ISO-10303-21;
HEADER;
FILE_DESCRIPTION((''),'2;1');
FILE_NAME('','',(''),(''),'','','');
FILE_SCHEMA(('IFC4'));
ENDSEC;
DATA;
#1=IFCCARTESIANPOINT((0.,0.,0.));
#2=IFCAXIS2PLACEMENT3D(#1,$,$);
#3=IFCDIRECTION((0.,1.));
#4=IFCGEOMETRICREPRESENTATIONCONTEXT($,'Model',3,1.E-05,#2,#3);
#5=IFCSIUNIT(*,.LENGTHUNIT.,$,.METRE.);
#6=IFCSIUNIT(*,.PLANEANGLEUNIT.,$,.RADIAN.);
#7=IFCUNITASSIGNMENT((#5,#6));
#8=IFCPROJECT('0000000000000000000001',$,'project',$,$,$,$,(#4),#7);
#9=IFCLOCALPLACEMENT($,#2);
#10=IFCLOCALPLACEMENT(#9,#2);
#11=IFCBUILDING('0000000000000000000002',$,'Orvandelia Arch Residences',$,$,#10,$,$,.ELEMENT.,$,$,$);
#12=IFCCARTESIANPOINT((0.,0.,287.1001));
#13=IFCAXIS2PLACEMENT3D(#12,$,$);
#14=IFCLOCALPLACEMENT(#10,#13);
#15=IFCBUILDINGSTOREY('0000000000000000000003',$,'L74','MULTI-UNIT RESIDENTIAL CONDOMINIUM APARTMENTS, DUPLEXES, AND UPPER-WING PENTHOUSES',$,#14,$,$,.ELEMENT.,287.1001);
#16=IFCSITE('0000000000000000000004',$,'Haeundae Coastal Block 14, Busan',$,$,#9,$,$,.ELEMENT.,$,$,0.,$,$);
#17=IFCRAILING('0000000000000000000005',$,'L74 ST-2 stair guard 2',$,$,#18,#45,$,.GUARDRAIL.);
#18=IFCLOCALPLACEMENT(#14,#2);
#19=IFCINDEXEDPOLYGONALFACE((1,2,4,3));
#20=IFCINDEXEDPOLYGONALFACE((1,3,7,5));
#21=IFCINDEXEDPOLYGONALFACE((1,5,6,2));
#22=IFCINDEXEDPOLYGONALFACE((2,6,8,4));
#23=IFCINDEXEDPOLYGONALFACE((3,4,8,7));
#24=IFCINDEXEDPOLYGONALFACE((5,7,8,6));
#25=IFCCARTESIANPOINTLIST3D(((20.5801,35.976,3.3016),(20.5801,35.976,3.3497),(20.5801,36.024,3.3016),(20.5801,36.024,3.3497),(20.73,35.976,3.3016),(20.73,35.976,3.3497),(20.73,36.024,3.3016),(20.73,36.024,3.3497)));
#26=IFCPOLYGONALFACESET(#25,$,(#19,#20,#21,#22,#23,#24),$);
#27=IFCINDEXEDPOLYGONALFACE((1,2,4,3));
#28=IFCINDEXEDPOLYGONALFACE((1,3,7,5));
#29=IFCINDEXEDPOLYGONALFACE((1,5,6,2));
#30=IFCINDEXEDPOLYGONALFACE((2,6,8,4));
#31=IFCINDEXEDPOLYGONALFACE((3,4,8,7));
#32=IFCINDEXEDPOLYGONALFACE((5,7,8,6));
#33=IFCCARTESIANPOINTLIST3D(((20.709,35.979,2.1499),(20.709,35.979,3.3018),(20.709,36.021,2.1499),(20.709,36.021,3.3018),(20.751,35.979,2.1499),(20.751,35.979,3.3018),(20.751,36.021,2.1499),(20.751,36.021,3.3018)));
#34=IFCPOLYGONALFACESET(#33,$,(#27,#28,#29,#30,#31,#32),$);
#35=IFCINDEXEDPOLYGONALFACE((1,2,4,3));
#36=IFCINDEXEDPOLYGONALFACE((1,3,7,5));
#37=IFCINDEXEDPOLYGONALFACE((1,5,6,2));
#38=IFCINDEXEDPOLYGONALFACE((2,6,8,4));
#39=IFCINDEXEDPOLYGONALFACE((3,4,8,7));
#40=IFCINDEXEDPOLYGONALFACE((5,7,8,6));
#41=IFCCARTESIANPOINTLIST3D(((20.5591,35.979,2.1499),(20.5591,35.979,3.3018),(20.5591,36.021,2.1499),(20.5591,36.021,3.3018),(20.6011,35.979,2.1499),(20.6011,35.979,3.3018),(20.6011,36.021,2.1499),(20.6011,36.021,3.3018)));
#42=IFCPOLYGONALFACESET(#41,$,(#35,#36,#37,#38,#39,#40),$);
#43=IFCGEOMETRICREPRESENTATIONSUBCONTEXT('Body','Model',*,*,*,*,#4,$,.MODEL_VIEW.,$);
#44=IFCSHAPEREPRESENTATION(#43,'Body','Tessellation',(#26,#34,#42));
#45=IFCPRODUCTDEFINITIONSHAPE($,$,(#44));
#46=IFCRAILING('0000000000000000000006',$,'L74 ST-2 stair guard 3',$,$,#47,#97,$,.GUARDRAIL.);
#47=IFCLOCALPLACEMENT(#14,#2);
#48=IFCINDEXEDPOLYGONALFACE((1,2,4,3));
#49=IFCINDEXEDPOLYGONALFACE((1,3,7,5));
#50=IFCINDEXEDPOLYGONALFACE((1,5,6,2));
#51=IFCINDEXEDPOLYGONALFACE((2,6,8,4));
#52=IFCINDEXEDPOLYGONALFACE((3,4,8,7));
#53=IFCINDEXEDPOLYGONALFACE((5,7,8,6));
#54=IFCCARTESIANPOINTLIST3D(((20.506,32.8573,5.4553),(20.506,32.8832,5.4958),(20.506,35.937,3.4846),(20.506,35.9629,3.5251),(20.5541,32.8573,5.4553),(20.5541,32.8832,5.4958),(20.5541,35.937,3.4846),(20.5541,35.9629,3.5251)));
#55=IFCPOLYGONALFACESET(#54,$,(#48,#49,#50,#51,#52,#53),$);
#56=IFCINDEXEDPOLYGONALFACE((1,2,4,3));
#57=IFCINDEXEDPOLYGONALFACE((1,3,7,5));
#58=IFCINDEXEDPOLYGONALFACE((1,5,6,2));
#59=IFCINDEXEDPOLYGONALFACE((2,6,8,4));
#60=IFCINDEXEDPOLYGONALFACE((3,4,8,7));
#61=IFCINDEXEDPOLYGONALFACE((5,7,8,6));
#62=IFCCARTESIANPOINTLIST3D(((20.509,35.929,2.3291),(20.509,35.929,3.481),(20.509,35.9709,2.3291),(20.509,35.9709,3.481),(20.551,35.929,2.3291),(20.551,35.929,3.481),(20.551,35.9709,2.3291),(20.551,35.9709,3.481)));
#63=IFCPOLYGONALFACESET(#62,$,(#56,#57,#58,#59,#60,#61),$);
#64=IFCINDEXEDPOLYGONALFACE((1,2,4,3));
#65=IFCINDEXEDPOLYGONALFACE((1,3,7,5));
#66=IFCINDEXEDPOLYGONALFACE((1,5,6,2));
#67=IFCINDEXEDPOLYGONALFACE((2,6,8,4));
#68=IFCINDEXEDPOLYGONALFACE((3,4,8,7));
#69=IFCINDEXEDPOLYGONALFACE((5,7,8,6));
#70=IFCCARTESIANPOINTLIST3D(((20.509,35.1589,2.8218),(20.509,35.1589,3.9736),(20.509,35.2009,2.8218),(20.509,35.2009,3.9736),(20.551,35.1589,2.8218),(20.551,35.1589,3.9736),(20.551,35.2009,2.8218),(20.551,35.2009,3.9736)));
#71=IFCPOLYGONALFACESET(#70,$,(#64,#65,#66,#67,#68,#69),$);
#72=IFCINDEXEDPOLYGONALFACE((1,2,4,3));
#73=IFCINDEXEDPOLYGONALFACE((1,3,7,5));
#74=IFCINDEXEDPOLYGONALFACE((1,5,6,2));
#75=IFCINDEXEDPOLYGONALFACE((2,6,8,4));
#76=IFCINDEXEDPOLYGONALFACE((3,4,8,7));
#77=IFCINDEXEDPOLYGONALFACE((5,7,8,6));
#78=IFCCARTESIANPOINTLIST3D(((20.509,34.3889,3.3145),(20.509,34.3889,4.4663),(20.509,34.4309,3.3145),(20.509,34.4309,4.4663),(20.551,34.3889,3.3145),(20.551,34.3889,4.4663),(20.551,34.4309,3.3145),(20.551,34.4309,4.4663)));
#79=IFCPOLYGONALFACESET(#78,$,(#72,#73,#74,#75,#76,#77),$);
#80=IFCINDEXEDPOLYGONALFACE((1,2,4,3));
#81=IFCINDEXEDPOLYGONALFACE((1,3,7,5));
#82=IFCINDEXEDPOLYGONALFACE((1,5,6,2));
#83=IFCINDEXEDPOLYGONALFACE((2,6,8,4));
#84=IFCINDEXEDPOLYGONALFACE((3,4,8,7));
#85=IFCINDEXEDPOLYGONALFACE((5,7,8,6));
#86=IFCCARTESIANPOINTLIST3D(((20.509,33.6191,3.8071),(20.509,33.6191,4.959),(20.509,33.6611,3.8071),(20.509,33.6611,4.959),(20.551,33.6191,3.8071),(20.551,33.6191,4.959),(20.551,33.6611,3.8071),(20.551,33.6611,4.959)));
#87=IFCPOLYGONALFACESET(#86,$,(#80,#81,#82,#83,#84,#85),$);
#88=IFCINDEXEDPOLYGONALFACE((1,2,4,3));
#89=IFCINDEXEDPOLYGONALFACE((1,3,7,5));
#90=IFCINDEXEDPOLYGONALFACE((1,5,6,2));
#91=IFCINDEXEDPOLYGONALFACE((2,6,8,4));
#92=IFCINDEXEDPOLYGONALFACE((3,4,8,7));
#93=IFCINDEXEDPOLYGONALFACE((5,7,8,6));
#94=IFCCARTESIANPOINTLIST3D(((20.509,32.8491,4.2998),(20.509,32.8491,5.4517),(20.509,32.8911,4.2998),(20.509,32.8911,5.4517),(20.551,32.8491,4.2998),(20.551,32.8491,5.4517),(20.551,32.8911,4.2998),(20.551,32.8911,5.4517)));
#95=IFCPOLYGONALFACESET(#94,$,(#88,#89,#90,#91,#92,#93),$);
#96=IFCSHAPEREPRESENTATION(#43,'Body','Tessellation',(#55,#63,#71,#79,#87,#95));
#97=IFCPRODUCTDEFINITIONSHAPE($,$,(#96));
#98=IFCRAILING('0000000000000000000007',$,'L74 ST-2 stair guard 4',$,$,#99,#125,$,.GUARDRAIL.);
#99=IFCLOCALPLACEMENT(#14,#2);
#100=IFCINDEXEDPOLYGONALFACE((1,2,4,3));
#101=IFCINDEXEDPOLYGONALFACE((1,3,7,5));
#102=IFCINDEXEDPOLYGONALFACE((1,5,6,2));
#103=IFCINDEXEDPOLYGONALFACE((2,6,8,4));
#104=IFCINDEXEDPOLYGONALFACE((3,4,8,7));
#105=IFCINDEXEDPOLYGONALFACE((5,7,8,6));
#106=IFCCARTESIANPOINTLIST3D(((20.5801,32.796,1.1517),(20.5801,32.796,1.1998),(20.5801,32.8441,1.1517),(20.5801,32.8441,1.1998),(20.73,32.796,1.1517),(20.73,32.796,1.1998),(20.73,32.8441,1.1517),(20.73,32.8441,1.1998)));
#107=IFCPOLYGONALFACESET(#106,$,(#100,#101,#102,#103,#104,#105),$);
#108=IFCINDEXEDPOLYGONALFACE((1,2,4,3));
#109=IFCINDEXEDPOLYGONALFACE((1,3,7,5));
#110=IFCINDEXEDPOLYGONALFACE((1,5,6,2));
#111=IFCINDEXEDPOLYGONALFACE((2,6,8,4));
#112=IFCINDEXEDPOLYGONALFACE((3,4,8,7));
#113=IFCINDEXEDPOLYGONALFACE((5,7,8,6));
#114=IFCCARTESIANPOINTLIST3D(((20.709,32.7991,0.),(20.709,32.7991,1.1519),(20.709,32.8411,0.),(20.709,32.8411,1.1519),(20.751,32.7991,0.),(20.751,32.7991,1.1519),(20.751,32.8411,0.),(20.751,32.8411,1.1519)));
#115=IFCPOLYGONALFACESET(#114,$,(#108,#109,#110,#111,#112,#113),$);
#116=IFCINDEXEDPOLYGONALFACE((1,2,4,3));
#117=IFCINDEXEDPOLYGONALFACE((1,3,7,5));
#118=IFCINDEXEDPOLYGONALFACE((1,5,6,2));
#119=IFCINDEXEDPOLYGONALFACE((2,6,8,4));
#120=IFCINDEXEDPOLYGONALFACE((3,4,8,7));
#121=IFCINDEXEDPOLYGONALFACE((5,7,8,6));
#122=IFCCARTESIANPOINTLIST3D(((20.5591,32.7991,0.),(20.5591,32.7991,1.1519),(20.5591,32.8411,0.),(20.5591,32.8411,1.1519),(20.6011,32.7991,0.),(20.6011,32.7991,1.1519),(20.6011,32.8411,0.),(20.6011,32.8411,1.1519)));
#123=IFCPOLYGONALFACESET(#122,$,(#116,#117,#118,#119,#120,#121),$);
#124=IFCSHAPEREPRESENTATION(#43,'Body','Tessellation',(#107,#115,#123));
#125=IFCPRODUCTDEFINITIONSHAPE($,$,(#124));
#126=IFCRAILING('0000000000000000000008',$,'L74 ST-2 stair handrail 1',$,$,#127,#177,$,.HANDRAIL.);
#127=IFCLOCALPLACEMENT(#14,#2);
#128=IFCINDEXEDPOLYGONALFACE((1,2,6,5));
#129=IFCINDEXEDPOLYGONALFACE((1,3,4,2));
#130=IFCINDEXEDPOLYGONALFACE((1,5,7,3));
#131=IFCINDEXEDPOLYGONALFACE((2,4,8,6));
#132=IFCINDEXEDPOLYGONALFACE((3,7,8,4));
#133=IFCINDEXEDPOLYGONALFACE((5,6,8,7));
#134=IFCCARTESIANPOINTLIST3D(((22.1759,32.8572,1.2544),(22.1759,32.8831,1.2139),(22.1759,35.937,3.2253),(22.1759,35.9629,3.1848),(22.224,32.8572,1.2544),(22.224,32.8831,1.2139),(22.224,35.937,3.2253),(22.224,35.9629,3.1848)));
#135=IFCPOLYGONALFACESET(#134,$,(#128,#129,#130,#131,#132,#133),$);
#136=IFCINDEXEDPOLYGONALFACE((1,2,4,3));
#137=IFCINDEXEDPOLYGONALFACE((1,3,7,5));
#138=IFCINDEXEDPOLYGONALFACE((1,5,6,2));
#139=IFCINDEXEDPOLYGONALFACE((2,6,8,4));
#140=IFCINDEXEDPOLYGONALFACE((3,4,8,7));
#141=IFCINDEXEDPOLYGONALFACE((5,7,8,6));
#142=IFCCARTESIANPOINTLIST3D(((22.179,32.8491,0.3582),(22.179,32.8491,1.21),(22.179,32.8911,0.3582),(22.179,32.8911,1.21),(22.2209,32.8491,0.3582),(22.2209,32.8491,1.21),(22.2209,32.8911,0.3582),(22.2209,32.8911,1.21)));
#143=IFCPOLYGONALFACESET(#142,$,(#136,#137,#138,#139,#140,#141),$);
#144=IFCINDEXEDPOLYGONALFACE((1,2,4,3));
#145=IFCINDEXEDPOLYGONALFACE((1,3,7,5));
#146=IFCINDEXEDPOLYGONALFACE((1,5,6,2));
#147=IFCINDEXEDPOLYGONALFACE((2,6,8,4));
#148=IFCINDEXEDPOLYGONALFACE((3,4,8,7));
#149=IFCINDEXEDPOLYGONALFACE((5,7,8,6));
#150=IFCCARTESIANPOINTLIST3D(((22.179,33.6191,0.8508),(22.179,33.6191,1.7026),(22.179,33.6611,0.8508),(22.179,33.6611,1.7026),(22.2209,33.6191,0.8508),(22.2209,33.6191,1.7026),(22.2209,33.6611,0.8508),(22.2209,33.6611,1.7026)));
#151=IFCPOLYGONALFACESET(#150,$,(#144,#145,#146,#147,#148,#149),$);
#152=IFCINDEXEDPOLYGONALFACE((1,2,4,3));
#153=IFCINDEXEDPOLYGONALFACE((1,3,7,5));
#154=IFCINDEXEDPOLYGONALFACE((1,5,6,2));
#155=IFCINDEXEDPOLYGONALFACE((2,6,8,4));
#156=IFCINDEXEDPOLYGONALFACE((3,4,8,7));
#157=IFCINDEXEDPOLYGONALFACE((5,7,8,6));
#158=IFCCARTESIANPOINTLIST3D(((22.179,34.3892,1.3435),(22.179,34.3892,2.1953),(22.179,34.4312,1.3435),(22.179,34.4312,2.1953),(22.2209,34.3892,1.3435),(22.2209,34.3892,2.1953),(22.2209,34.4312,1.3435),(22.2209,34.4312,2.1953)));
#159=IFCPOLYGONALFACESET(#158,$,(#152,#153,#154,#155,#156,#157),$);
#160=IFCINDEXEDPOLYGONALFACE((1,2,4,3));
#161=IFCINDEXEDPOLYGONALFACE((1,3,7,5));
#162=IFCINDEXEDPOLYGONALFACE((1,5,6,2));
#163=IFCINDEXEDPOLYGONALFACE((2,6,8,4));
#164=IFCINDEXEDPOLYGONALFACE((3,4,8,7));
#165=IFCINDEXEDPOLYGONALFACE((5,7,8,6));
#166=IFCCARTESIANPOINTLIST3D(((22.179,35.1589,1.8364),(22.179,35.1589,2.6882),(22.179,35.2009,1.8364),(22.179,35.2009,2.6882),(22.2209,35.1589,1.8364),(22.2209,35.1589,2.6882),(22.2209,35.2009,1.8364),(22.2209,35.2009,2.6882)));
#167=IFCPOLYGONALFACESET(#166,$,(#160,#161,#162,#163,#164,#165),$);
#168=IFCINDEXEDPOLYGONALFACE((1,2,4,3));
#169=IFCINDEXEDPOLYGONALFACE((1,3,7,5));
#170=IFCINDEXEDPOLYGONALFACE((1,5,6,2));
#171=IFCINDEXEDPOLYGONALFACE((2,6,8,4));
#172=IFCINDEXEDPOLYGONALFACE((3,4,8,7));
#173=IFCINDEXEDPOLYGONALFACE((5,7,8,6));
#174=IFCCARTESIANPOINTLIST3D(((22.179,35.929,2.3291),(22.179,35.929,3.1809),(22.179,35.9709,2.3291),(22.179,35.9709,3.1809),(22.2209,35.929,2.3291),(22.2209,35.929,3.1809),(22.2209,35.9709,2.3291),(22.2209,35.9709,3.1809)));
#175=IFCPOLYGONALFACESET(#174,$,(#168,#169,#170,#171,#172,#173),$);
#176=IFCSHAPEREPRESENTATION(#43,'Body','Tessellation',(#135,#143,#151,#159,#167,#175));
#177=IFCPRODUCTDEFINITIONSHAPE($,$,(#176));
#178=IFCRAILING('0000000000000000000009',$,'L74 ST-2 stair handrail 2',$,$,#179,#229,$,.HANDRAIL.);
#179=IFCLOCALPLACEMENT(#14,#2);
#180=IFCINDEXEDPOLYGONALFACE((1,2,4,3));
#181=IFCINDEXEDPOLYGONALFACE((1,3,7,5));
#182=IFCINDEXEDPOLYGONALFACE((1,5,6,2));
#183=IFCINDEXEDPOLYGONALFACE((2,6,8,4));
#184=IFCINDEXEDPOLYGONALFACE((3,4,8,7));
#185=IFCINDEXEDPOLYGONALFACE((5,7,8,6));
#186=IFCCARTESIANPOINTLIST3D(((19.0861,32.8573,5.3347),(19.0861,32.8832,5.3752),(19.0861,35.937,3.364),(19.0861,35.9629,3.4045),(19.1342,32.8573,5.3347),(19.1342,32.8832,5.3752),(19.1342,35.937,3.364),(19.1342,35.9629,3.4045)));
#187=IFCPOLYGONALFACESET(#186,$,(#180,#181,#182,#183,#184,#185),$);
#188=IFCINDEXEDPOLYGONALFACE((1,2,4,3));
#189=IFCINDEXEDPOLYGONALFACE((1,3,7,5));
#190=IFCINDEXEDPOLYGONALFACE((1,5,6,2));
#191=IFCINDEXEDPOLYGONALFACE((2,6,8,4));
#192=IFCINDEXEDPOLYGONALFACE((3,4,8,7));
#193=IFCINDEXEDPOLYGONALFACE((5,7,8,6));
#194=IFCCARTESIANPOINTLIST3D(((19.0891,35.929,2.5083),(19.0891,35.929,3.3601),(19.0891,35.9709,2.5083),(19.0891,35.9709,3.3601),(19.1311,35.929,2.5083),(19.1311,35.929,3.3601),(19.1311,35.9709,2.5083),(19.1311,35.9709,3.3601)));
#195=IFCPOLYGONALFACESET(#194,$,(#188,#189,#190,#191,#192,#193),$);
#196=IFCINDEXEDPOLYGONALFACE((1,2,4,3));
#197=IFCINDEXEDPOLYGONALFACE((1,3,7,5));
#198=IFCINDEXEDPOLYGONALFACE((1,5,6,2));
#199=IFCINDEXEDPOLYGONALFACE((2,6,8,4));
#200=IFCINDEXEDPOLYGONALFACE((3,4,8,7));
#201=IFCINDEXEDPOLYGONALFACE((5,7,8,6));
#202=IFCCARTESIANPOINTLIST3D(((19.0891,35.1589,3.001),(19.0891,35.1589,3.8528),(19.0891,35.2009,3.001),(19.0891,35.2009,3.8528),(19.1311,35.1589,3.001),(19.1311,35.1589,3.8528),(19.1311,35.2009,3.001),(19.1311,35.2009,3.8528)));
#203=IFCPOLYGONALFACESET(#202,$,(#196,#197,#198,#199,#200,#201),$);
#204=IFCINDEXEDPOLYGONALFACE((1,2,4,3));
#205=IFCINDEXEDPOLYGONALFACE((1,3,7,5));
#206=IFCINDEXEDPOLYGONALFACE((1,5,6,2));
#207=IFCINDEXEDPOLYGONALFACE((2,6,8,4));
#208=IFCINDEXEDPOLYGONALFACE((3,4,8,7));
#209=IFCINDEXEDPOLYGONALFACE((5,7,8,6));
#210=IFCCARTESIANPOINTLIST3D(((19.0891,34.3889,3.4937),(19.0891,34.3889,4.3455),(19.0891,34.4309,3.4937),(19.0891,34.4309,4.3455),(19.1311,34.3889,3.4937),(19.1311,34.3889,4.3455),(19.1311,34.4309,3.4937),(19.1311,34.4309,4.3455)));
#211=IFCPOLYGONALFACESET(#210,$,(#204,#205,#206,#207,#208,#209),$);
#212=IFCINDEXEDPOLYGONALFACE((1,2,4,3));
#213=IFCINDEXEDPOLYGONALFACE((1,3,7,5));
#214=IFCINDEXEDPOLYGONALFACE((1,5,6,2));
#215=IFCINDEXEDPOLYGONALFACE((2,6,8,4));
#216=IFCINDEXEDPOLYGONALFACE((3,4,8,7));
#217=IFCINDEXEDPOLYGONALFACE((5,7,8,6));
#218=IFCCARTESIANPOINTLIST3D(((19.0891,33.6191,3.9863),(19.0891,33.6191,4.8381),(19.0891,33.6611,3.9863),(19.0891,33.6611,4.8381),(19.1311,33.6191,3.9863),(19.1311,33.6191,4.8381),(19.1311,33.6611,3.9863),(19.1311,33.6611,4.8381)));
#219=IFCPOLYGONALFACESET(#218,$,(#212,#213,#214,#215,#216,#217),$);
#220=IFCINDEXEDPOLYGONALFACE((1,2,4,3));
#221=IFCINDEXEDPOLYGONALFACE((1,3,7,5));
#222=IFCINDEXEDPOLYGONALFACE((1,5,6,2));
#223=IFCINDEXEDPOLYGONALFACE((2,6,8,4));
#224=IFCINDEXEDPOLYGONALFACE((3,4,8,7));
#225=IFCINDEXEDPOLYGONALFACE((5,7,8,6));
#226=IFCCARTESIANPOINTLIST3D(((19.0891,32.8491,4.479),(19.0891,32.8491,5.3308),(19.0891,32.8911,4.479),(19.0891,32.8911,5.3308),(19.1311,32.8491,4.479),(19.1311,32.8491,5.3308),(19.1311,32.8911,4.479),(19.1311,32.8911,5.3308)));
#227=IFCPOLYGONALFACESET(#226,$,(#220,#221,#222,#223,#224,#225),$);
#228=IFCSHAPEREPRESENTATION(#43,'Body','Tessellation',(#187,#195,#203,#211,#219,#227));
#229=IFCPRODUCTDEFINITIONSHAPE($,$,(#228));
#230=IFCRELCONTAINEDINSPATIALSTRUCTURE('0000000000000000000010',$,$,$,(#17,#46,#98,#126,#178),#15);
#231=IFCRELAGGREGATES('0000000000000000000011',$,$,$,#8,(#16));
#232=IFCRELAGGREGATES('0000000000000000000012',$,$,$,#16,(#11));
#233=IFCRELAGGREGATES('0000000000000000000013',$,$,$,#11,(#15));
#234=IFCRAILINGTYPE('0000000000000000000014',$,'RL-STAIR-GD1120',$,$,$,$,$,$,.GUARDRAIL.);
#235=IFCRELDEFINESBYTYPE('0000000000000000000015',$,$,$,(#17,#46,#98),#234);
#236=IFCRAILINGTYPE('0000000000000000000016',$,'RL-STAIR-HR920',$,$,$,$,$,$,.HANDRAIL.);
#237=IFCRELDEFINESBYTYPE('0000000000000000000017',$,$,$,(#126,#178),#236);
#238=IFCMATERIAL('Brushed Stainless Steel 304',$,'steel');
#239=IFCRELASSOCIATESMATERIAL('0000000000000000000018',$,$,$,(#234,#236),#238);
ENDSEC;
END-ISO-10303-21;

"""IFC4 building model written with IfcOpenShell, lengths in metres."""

from ifc_helpers import new_model, si_unit, direction, frame, origin, origin_2d, place, context, subcontext, project, spatial, rectangle, extrude, material, type_object, element, save


model = new_model("IFC4")

# Units and contexts
model_context = context("Model", 3, precision=1e-05, world=origin(), true_north=direction((0.0, 1.0)))
body_context = subcontext(model_context, "Body", "Model", "MODEL_VIEW")
ifc_project = project(units=[si_unit("LENGTHUNIT", "METRE"), si_unit("PLANEANGLEUNIT", "RADIAN")], contexts=[model_context])

# Site, building, storey
site_placement = place(None, origin())
site = spatial("IfcSite", under=ifc_project, at=site_placement, Name="Haeundae Coastal Block 14, Busan", CompositionType="ELEMENT", RefElevation=0.0)
building_placement = place(site_placement, origin())
building = spatial("IfcBuilding", under=site, at=building_placement, Name="Orvandelia Arch Residences", CompositionType="ELEMENT")
storey_placement = place(building_placement, frame((0.0, 0.0, 287.1001)))
storey = spatial("IfcBuildingStorey", under=building, at=storey_placement, Name="L74", Description="MULTI-UNIT RESIDENTIAL CONDOMINIUM APARTMENTS, DUPLEXES, AND UPPER-WING PENTHOUSES", CompositionType="ELEMENT", Elevation=287.1001)

# Railings
ifc_material_1 = material(Name="Brushed Stainless Steel 304", Category="steel")
railing_type_1 = type_object("IfcRailingType", Name="RL-STAIR-GD1120", PredefinedType="GUARDRAIL", material=ifc_material_1)
railing_1_placement = place(storey_placement, frame((20.73, 36.0, 2.1499)))
element("IfcRailing", 1, at=railing_1_placement, inside=storey, type_object=railing_type_1, Name="L74 ST-2 stair guard 2", PredefinedType="GUARDRAIL", context=body_context, shape_type="SweptSolid", body=[
    extrude(rectangle(XDim=0.0481, YDim=0.0481, at=origin_2d()), frame((0.0, 0.0, 1.1758), z_axis=(-1.0, 0.0, 0.0), x_axis=(0.0, -1.0, 0.0)), (0.0, 0.0, 1.0), 0.1499),
    extrude(rectangle(XDim=0.042, YDim=0.042, at=origin_2d()), origin(), (0.0, 0.0, 1.0), 1.1519),
    extrude(rectangle(XDim=0.042, YDim=0.042, at=origin_2d()), frame((-0.1499, 0.0, 0.0)), (0.0, 0.0, 1.0), 1.1519),
])
railing_2_placement = place(storey_placement, frame((20.53, 35.95, 2.3291)))
element("IfcRailing", 2, at=railing_2_placement, inside=storey, type_object=railing_type_1, Name="L74 ST-2 stair guard 3", PredefinedType="GUARDRAIL", context=body_context, shape_type="SweptSolid", body=[
    extrude(rectangle(XDim=0.0481, YDim=0.0481, at=origin_2d()), frame((0.0, 0.0, 1.1758), z_axis=(0.0, -0.84232, 0.538978), x_axis=(1.0, 0.0, 0.0)), (0.0, 0.0, 1.0), 3.6562),
    extrude(rectangle(XDim=0.042, YDim=0.042, at=origin_2d()), origin(), (0.0, 0.0, 1.0), 1.1519),
    extrude(rectangle(XDim=0.042, YDim=0.042, at=origin_2d()), frame((0.0, -0.77, 0.4927)), (0.0, 0.0, 1.0), 1.1519),
    extrude(rectangle(XDim=0.042, YDim=0.042, at=origin_2d()), frame((0.0, -1.54, 0.9854)), (0.0, 0.0, 1.0), 1.1519),
    extrude(rectangle(XDim=0.042, YDim=0.042, at=origin_2d()), frame((0.0, -2.3098, 1.478)), (0.0, 0.0, 1.0), 1.1519),
    extrude(rectangle(XDim=0.042, YDim=0.042, at=origin_2d()), frame((0.0, -3.0798, 1.9707)), (0.0, 0.0, 1.0), 1.1519),
])
railing_3_placement = place(storey_placement, frame((20.73, 32.8201, 0.0)))
element("IfcRailing", 3, at=railing_3_placement, inside=storey, type_object=railing_type_1, Name="L74 ST-2 stair guard 4", PredefinedType="GUARDRAIL", context=body_context, shape_type="SweptSolid", body=[
    extrude(rectangle(XDim=0.0481, YDim=0.0481, at=origin_2d()), frame((0.0, 0.0, 1.1758), z_axis=(-1.0, 0.0, 0.0), x_axis=(0.0, -1.0, 0.0)), (0.0, 0.0, 1.0), 0.1499),
    extrude(rectangle(XDim=0.042, YDim=0.042, at=origin_2d()), origin(), (0.0, 0.0, 1.0), 1.1519),
    extrude(rectangle(XDim=0.042, YDim=0.042, at=origin_2d()), frame((-0.1499, 0.0, 0.0)), (0.0, 0.0, 1.0), 1.1519),
])
railing_type_2 = type_object("IfcRailingType", Name="RL-STAIR-HR920", PredefinedType="HANDRAIL", material=ifc_material_1)
railing_4_placement = place(storey_placement, frame((22.2, 32.8701, 0.3582)))
element("IfcRailing", 4, at=railing_4_placement, inside=storey, type_object=railing_type_2, Name="L74 ST-2 stair handrail 1", PredefinedType="HANDRAIL", context=body_context, shape_type="SweptSolid", body=[
    extrude(rectangle(XDim=0.0481, YDim=0.0481, at=origin_2d()), frame((0.0, 0.0, 0.876), z_axis=(0.0, 0.84229, 0.539025), x_axis=(-1.0, 0.0, 0.0)), (0.0, 0.0, 1.0), 3.6565),
    extrude(rectangle(XDim=0.042, YDim=0.042, at=origin_2d()), origin(), (0.0, 0.0, 1.0), 0.8518),
    extrude(rectangle(XDim=0.042, YDim=0.042, at=origin_2d()), frame((0.0, 0.77, 0.4927)), (0.0, 0.0, 1.0), 0.8518),
    extrude(rectangle(XDim=0.042, YDim=0.042, at=origin_2d()), frame((0.0, 1.54, 0.9854)), (0.0, 0.0, 1.0), 0.8518),
    extrude(rectangle(XDim=0.042, YDim=0.042, at=origin_2d()), frame((0.0, 2.3098, 1.4783)), (0.0, 0.0, 1.0), 0.8518),
    extrude(rectangle(XDim=0.042, YDim=0.042, at=origin_2d()), frame((0.0, 3.0798, 1.9709)), (0.0, 0.0, 1.0), 0.8518),
])
railing_5_placement = place(storey_placement, frame((19.1101, 35.95, 2.5083)))
element("IfcRailing", 5, at=railing_5_placement, inside=storey, type_object=railing_type_2, Name="L74 ST-2 stair handrail 2", PredefinedType="HANDRAIL", context=body_context, shape_type="SweptSolid", body=[
    extrude(rectangle(XDim=0.0481, YDim=0.0481, at=origin_2d()), frame((0.0, 0.0, 0.876), z_axis=(0.0, -0.84232, 0.538978), x_axis=(1.0, 0.0, 0.0)), (0.0, 0.0, 1.0), 3.6562),
    extrude(rectangle(XDim=0.042, YDim=0.042, at=origin_2d()), origin(), (0.0, 0.0, 1.0), 0.8518),
    extrude(rectangle(XDim=0.042, YDim=0.042, at=origin_2d()), frame((0.0, -0.77, 0.4927)), (0.0, 0.0, 1.0), 0.8518),
    extrude(rectangle(XDim=0.042, YDim=0.042, at=origin_2d()), frame((0.0, -1.54, 0.9854)), (0.0, 0.0, 1.0), 0.8518),
    extrude(rectangle(XDim=0.042, YDim=0.042, at=origin_2d()), frame((0.0, -2.3098, 1.478)), (0.0, 0.0, 1.0), 0.8518),
    extrude(rectangle(XDim=0.042, YDim=0.042, at=origin_2d()), frame((0.0, -3.0798, 1.9707)), (0.0, 0.0, 1.0), 0.8518),
])

save(model, "model.ifc")
